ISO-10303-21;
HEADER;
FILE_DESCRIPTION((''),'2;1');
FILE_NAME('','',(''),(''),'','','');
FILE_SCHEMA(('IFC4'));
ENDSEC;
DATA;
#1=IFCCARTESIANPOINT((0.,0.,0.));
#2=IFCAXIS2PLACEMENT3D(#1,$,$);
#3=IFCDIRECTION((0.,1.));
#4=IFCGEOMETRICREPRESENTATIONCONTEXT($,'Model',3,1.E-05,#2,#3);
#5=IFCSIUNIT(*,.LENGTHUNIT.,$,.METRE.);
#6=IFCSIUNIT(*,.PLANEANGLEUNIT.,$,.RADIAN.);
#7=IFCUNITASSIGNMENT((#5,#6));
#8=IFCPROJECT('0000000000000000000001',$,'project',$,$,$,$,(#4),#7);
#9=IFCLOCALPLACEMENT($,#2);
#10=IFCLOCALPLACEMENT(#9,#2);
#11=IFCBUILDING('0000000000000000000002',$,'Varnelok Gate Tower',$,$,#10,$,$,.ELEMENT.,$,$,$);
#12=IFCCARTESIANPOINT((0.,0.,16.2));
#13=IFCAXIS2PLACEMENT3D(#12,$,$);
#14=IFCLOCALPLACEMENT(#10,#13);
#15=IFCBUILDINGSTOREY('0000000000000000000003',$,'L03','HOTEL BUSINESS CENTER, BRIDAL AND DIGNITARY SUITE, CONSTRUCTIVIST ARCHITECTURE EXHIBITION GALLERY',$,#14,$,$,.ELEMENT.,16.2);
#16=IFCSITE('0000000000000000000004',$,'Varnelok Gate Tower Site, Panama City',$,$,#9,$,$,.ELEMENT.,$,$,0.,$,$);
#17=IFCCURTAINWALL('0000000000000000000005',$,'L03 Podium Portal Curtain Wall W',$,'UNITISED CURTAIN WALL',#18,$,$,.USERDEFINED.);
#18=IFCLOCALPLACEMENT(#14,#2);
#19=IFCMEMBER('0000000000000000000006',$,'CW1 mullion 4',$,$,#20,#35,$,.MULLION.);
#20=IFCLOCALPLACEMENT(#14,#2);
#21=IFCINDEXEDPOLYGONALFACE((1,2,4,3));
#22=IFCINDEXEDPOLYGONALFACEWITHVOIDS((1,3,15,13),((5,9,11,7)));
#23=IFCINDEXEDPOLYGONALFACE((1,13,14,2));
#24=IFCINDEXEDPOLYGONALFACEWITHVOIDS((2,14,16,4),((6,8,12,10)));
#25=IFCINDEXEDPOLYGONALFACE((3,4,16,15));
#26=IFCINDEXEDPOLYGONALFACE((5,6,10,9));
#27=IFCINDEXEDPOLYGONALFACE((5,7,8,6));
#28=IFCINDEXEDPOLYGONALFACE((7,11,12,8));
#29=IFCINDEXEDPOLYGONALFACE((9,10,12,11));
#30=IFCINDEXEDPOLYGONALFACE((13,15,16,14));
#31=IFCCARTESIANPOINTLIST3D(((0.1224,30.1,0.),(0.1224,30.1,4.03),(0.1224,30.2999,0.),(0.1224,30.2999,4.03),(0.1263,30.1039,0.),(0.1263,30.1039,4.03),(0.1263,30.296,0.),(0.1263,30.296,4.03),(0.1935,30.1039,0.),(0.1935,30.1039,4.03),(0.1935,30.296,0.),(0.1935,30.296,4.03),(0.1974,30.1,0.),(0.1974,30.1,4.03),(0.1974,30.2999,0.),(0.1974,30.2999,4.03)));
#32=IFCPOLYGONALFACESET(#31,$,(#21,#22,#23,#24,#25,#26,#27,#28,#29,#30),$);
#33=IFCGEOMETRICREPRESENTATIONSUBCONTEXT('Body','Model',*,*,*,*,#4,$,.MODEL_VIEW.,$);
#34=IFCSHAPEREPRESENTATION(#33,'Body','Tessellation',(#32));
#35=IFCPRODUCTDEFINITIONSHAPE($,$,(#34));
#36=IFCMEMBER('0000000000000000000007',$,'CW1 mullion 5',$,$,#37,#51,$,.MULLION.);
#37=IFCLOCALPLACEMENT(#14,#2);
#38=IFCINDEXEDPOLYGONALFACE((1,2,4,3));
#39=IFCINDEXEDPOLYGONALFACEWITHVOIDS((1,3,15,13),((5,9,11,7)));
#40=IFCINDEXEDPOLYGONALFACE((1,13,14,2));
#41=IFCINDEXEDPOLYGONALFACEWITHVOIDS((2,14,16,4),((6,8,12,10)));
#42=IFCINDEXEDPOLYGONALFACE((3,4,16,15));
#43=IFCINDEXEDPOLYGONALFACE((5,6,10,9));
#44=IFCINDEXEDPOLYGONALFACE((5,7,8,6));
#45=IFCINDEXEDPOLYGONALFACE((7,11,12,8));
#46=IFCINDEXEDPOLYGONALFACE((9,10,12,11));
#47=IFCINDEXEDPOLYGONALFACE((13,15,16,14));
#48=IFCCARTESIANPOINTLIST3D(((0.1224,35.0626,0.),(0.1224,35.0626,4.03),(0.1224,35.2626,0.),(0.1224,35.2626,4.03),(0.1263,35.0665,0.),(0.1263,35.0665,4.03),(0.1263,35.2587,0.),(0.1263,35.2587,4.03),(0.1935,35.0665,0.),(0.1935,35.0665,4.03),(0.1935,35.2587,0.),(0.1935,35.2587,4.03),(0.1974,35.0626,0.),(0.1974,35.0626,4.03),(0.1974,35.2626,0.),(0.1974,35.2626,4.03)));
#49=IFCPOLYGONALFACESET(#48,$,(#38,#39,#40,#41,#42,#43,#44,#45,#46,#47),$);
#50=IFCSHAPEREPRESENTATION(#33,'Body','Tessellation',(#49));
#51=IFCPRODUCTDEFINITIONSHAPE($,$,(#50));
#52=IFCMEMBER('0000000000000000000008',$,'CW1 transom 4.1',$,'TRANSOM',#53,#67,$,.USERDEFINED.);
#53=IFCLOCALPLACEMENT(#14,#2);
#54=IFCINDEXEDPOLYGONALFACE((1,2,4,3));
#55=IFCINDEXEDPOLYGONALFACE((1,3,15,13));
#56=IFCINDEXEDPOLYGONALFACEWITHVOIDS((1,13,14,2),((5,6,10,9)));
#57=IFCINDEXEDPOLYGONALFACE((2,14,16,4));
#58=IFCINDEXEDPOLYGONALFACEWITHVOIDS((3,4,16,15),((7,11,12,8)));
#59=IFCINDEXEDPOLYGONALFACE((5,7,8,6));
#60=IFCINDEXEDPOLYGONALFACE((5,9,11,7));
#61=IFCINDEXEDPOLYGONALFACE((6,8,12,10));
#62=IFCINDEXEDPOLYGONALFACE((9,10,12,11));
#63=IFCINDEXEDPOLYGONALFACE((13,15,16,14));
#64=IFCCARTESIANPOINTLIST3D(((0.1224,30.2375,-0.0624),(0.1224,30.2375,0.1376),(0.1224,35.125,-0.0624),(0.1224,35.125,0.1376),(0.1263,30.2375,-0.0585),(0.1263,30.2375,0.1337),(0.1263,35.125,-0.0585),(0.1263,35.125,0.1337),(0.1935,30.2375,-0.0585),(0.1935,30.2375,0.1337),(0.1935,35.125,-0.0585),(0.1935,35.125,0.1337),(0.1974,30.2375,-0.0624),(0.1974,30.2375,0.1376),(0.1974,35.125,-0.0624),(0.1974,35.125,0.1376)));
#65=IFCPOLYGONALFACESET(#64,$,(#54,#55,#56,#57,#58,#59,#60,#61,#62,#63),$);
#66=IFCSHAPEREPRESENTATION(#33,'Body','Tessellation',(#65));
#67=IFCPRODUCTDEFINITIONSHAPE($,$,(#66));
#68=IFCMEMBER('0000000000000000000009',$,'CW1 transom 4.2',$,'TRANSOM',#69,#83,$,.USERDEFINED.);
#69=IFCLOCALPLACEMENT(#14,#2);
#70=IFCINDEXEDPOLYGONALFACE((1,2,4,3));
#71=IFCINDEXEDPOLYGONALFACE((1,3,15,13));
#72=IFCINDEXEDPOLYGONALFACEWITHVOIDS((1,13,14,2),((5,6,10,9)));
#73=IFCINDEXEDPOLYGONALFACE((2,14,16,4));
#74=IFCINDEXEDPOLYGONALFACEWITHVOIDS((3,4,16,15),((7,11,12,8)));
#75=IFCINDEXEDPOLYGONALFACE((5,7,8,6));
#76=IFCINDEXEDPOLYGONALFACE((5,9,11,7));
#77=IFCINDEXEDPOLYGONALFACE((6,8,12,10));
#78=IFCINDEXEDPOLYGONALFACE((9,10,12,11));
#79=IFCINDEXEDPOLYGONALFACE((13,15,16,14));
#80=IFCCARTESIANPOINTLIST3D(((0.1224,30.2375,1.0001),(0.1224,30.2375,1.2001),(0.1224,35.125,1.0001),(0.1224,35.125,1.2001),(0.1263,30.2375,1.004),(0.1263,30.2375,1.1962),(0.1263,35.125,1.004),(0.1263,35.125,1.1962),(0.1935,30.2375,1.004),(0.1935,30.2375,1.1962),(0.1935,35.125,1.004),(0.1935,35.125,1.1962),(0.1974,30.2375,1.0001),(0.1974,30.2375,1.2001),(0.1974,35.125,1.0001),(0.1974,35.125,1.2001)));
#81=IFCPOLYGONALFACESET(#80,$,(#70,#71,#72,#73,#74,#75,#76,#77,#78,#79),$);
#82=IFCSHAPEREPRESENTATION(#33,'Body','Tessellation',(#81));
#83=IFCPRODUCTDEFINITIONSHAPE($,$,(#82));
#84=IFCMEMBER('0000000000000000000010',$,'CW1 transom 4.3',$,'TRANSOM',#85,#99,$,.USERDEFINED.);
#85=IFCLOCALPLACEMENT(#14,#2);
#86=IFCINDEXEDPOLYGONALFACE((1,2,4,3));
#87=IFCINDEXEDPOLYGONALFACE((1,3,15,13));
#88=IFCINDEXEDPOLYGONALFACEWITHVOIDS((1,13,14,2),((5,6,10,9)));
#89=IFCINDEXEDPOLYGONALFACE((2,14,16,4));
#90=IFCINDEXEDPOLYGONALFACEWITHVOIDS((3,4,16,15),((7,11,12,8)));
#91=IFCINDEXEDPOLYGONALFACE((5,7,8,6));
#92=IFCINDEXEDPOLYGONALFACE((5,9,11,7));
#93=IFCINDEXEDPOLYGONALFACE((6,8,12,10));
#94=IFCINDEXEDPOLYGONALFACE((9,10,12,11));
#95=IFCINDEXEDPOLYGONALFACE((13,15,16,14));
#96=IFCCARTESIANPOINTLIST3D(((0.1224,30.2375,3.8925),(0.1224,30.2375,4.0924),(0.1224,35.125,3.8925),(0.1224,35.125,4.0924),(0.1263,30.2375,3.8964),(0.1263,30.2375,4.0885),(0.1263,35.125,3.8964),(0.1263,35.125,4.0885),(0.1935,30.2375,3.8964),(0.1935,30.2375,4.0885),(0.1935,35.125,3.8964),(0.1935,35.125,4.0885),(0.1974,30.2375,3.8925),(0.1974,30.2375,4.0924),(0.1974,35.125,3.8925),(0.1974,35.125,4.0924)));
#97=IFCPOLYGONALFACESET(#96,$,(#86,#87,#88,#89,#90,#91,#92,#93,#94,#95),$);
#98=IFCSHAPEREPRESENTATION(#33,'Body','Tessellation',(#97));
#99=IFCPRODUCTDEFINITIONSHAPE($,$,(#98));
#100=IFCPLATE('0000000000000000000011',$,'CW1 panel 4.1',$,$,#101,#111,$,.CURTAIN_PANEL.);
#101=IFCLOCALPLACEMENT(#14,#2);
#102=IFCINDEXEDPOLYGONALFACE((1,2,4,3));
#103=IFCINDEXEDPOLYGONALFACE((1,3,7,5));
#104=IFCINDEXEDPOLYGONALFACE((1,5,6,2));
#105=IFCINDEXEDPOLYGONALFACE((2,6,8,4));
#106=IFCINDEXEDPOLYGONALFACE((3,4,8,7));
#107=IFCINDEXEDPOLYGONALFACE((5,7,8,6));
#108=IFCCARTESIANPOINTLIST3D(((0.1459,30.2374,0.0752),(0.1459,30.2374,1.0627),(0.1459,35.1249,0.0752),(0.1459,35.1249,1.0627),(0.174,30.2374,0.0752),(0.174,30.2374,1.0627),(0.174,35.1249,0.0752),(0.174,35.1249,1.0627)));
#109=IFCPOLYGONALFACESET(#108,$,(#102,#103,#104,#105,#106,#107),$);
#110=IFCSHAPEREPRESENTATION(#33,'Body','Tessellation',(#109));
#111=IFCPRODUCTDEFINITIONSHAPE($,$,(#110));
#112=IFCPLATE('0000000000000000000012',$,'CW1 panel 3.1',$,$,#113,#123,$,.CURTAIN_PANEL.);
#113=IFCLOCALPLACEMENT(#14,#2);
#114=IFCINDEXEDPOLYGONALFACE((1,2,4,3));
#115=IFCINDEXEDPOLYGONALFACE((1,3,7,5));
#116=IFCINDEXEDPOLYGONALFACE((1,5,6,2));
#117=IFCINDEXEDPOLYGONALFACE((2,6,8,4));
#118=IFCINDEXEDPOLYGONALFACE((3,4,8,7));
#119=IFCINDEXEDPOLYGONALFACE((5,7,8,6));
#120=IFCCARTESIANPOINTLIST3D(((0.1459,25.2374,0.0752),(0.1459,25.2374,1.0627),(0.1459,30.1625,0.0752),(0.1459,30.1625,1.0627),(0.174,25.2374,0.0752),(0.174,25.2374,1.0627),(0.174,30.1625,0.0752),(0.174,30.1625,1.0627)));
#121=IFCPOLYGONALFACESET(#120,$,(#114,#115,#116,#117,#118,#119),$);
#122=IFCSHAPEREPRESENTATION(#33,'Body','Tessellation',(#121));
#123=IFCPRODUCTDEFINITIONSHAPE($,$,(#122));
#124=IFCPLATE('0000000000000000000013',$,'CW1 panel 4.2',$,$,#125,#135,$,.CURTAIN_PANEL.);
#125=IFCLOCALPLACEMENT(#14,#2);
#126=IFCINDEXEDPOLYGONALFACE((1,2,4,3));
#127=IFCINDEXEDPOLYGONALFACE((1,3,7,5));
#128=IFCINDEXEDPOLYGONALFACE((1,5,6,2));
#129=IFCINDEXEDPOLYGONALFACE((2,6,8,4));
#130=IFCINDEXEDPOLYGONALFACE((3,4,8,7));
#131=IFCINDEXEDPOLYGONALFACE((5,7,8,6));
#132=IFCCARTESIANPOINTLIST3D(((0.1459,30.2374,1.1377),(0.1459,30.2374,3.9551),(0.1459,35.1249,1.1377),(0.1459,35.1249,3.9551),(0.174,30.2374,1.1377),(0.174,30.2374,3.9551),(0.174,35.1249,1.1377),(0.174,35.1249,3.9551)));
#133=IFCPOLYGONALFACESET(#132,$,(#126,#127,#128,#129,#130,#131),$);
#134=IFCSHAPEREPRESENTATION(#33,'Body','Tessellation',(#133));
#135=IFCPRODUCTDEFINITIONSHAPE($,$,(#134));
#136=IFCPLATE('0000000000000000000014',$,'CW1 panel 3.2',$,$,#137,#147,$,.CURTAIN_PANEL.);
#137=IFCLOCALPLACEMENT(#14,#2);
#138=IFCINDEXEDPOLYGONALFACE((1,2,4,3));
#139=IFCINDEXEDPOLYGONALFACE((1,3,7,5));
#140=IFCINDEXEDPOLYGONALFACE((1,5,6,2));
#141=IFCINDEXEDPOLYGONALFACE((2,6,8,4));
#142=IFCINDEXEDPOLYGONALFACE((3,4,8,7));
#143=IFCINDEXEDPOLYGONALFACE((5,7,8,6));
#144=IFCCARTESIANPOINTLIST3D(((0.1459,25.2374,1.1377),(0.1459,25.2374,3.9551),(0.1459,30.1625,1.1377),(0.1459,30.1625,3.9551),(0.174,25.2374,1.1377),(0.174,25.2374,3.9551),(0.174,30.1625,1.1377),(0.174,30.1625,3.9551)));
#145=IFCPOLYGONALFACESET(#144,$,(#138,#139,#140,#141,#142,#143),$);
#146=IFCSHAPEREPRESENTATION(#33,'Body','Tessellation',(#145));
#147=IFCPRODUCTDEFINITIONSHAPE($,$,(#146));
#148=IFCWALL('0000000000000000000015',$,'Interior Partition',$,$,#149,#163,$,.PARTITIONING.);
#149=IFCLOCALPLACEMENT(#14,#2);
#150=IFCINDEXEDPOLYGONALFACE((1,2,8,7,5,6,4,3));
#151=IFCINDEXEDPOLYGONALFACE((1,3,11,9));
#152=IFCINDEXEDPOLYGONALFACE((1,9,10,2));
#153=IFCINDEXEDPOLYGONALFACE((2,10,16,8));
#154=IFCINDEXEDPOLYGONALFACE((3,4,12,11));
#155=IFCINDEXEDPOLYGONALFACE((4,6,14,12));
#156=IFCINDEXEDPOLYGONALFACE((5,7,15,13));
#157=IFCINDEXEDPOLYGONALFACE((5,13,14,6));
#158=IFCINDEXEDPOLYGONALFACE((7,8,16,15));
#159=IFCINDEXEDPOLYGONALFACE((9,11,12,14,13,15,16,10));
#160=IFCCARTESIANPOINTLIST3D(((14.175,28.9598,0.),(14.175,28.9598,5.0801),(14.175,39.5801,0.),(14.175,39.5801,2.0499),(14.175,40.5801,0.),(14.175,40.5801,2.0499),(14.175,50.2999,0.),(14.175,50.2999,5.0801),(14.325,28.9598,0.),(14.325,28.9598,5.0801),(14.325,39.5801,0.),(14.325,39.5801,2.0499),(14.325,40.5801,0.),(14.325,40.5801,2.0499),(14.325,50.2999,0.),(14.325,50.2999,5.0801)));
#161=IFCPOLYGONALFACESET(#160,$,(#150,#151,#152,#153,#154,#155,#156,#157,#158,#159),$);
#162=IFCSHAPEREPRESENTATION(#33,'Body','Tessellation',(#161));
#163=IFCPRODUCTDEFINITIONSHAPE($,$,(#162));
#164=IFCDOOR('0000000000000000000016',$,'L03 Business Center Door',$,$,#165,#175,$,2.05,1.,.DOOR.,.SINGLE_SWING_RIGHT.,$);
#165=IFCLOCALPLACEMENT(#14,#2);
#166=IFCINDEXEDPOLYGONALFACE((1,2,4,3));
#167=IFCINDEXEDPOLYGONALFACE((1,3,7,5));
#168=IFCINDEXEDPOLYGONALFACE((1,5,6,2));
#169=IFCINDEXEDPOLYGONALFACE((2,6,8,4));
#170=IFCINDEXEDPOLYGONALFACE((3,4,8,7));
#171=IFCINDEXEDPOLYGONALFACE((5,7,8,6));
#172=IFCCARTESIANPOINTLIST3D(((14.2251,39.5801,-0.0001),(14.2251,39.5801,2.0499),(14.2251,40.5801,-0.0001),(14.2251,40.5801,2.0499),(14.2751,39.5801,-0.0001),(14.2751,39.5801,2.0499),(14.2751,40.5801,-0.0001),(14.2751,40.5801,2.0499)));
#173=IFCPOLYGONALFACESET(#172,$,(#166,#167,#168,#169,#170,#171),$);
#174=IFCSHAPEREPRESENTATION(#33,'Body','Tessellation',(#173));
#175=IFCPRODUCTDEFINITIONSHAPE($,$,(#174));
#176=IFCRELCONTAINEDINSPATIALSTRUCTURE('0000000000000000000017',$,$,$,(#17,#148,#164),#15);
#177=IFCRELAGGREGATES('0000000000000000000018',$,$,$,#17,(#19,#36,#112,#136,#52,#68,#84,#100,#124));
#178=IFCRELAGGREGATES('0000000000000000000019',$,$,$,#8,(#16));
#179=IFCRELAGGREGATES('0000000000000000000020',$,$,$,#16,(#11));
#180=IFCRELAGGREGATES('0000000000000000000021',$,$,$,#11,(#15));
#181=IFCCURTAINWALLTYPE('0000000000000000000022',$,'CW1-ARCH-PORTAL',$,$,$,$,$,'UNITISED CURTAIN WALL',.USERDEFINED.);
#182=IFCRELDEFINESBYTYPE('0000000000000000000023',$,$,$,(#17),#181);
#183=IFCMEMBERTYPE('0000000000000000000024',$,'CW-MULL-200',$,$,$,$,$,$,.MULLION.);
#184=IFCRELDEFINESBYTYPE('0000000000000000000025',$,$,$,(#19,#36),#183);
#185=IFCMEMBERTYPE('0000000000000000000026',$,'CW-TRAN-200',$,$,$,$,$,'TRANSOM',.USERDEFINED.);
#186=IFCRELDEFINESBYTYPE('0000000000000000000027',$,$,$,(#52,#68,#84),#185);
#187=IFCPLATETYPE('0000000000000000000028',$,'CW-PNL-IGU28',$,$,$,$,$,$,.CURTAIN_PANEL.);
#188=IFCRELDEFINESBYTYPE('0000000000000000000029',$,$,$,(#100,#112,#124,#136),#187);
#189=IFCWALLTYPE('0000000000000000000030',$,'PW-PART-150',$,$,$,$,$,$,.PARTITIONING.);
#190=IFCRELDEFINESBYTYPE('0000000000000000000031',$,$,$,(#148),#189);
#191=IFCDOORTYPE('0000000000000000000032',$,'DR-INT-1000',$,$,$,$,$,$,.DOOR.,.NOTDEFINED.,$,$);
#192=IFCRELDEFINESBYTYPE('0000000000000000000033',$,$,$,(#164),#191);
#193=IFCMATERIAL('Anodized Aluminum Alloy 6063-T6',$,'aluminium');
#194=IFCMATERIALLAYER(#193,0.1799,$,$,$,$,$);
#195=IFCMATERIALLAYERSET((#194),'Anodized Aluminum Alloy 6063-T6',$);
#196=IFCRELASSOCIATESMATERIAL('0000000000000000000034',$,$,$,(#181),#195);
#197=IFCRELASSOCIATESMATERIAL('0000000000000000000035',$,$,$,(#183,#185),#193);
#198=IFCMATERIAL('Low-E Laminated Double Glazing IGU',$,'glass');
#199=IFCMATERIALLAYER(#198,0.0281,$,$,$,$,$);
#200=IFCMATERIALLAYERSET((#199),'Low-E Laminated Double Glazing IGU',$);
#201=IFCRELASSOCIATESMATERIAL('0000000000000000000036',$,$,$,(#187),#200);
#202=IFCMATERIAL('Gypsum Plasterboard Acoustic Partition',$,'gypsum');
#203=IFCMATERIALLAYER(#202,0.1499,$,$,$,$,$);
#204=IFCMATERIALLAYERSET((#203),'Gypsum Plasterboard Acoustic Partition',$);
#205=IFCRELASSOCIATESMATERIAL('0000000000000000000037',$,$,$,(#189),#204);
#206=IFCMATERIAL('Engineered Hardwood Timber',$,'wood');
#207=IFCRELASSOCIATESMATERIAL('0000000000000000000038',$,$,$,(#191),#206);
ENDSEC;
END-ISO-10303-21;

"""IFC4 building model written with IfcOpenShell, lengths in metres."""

from ifc_helpers import new_model, si_unit, direction, frame, frame_2d, origin, origin_2d, place, context, subcontext, project, spatial, rectangle, hollow_rectangle, extrude, source, transform, mapped, material, layer, layer_set, material_profile, profile_set, type_object, element, fill, aggregate, save


model = new_model("IFC4")

# Units and contexts
model_context = context("Model", 3, precision=1e-05, world=origin(), true_north=direction((0.0, 1.0)))
body_context = subcontext(model_context, "Body", "Model", "MODEL_VIEW")
ifc_project = project(units=[si_unit("LENGTHUNIT", "METRE"), si_unit("PLANEANGLEUNIT", "RADIAN")], contexts=[model_context])

# Site, building, storey
site_placement = place(None, origin())
site = spatial("IfcSite", under=ifc_project, at=site_placement, Name="Varnelok Gate Tower Site, Panama City", CompositionType="ELEMENT", RefElevation=0.0)
building_placement = place(site_placement, origin())
building = spatial("IfcBuilding", under=site, at=building_placement, Name="Varnelok Gate Tower", CompositionType="ELEMENT")
storey_placement = place(building_placement, frame((0.0, 0.0, 16.2)))
storey = spatial("IfcBuildingStorey", under=building, at=storey_placement, Name="L03", Description="HOTEL BUSINESS CENTER, BRIDAL AND DIGNITARY SUITE, CONSTRUCTIVIST ARCHITECTURE EXHIBITION GALLERY", CompositionType="ELEMENT", Elevation=16.2)

# Curtain wall, members, plates
ifc_material_1 = material(Name="Anodized Aluminum Alloy 6063-T6", Category="aluminium")
ifc_layer_1 = layer(ifc_material_1, 0.1799)
ifc_layer_set_1 = layer_set([ifc_layer_1], Name="Anodized Aluminum Alloy 6063-T6")
curtain_wall_type = type_object("IfcCurtainWallType", Name="CW1-ARCH-PORTAL", ElementType="UNITISED CURTAIN WALL", PredefinedType="USERDEFINED", material=ifc_layer_set_1)
curtain_wall_placement = place(storey_placement, origin())
curtain_wall = element("IfcCurtainWall", 1, at=curtain_wall_placement, inside=storey, type_object=curtain_wall_type, Name="L03 Podium Portal Curtain Wall W", ObjectType="UNITISED CURTAIN WALL", PredefinedType="USERDEFINED")
ifc_material_profile_1 = material_profile(ifc_material_1, hollow_rectangle(XDim=0.075, YDim=0.2, WallThickness=0.0039, at=origin_2d()), Name="ALU200X75X4")
ifc_profile_set_1 = profile_set([ifc_material_profile_1], Name="Anodized Aluminum Alloy 6063-T6")
member_type_1 = type_object("IfcMemberType", Name="CW-MULL-200", PredefinedType="MULLION", material=ifc_profile_set_1)
member_1_placement = place(storey_placement, frame((0.1599, 30.2, 0.0), z_axis=(0.0, 0.0, 1.0), x_axis=(-1.0, 0.0, 0.0)))
member_1 = element("IfcMember", 2, at=member_1_placement, type_object=member_type_1, Name="CW1 mullion 4", PredefinedType="MULLION", context=body_context, shape_type="SweptSolid", body=[
    extrude(hollow_rectangle(XDim=0.075, YDim=0.2, WallThickness=0.0039, at=origin_2d()), origin(), (0.0, 0.0, 1.0), 4.03),
])
member_2_placement = place(storey_placement, frame((0.1599, 35.1626, 0.0), z_axis=(0.0, 0.0, 1.0), x_axis=(-1.0, 0.0, 0.0)))
member_2 = element("IfcMember", 3, at=member_2_placement, type_object=member_type_1, Name="CW1 mullion 5", PredefinedType="MULLION", context=body_context, shape_type="SweptSolid", body=[
    extrude(hollow_rectangle(XDim=0.075, YDim=0.2, WallThickness=0.0039, at=origin_2d()), origin(), (0.0, 0.0, 1.0), 4.03),
])
ifc_material_profile_2 = material_profile(ifc_material_1, hollow_rectangle(XDim=0.075, YDim=0.2, WallThickness=0.0039, at=origin_2d()), Name="ALU200X75X4")
ifc_profile_set_2 = profile_set([ifc_material_profile_2], Name="Anodized Aluminum Alloy 6063-T6")
member_type_2 = type_object("IfcMemberType", Name="CW-TRAN-200", ElementType="TRANSOM", PredefinedType="USERDEFINED", material=ifc_profile_set_2)
member_3_placement = place(storey_placement, frame((0.1599, 30.2375, 0.0376), z_axis=(0.0, 1.0, 0.0), x_axis=(-1.0, 0.0, 0.0)))
member_3 = element("IfcMember", 4, at=member_3_placement, type_object=member_type_2, Name="CW1 transom 4.1", ObjectType="TRANSOM", PredefinedType="USERDEFINED", context=body_context, shape_type="SweptSolid", body=[
    extrude(hollow_rectangle(XDim=0.075, YDim=0.2, WallThickness=0.0039, at=origin_2d()), origin(), (0.0, 0.0, 1.0), 4.8875),
])
member_4_placement = place(storey_placement, frame((0.1599, 30.2375, 1.1001), z_axis=(0.0, 1.0, 0.0), x_axis=(-1.0, 0.0, 0.0)))
member_4 = element("IfcMember", 5, at=member_4_placement, type_object=member_type_2, Name="CW1 transom 4.2", ObjectType="TRANSOM", PredefinedType="USERDEFINED", context=body_context, shape_type="SweptSolid", body=[
    extrude(hollow_rectangle(XDim=0.075, YDim=0.2, WallThickness=0.0039, at=origin_2d()), origin(), (0.0, 0.0, 1.0), 4.8875),
])
member_5_placement = place(storey_placement, frame((0.1599, 30.2375, 3.9924), z_axis=(0.0, 1.0, 0.0), x_axis=(-1.0, 0.0, 0.0)))
member_5 = element("IfcMember", 6, at=member_5_placement, type_object=member_type_2, Name="CW1 transom 4.3", ObjectType="TRANSOM", PredefinedType="USERDEFINED", context=body_context, shape_type="SweptSolid", body=[
    extrude(hollow_rectangle(XDim=0.075, YDim=0.2, WallThickness=0.0039, at=origin_2d()), origin(), (0.0, 0.0, 1.0), 4.8875),
])
ifc_material_2 = material(Name="Low-E Laminated Double Glazing IGU", Category="glass")
ifc_layer_2 = layer(ifc_material_2, 0.0281)
ifc_layer_set_2 = layer_set([ifc_layer_2], Name="Low-E Laminated Double Glazing IGU")
plate_type = type_object("IfcPlateType", Name="CW-PNL-IGU28", PredefinedType="CURTAIN_PANEL", material=ifc_layer_set_2)
shared_shape_1 = source(origin(), body_context, "Body", "SweptSolid", [
    extrude(rectangle(XDim=4.8875, YDim=0.0281, at=origin_2d()), origin(), (0.0, 0.0, 1.0), 0.9875),
])
plate_1_placement = place(storey_placement, frame((0.1599, 32.6812, 0.0752), z_axis=(0.0, 0.0, 1.0), x_axis=(0.0, 1.0, 0.0)))
plate_1 = element("IfcPlate", 7, at=plate_1_placement, type_object=plate_type, Name="CW1 panel 4.1", PredefinedType="CURTAIN_PANEL", context=body_context, shape_type="MappedRepresentation", body=[
    mapped(shared_shape_1, transform((0.0, 0.0, 0.0), scale=1.0)),
])
shared_shape_2 = source(origin(), body_context, "Body", "SweptSolid", [
    extrude(rectangle(XDim=4.925, YDim=0.0281, at=origin_2d()), origin(), (0.0, 0.0, 1.0), 0.9875),
])
plate_2_placement = place(storey_placement, frame((0.1599, 27.7, 0.0752), z_axis=(0.0, 0.0, 1.0), x_axis=(0.0, 1.0, 0.0)))
plate_2 = element("IfcPlate", 8, at=plate_2_placement, type_object=plate_type, Name="CW1 panel 3.1", PredefinedType="CURTAIN_PANEL", context=body_context, shape_type="MappedRepresentation", body=[
    mapped(shared_shape_2, transform((0.0, 0.0, 0.0), scale=1.0)),
])
shared_shape_3 = source(origin(), body_context, "Body", "SweptSolid", [
    extrude(rectangle(XDim=4.8875, YDim=0.0281, at=origin_2d()), origin(), (0.0, 0.0, 1.0), 2.8174),
])
plate_3_placement = place(storey_placement, frame((0.1599, 32.6812, 1.1377), z_axis=(0.0, 0.0, 1.0), x_axis=(0.0, 1.0, 0.0)))
plate_3 = element("IfcPlate", 9, at=plate_3_placement, type_object=plate_type, Name="CW1 panel 4.2", PredefinedType="CURTAIN_PANEL", context=body_context, shape_type="MappedRepresentation", body=[
    mapped(shared_shape_3, transform((0.0, 0.0, 0.0), scale=1.0)),
])
shared_shape_4 = source(origin(), body_context, "Body", "SweptSolid", [
    extrude(rectangle(XDim=4.925, YDim=0.0281, at=origin_2d()), origin(), (0.0, 0.0, 1.0), 2.8174),
])
plate_4_placement = place(storey_placement, frame((0.1599, 27.7, 1.1377), z_axis=(0.0, 0.0, 1.0), x_axis=(0.0, 1.0, 0.0)))
plate_4 = element("IfcPlate", 10, at=plate_4_placement, type_object=plate_type, Name="CW1 panel 3.2", PredefinedType="CURTAIN_PANEL", context=body_context, shape_type="MappedRepresentation", body=[
    mapped(shared_shape_4, transform((0.0, 0.0, 0.0), scale=1.0)),
])
aggregate(curtain_wall, [member_1, member_2, plate_2, plate_4, member_3, member_4, member_5, plate_1, plate_3])

# Wall, opening, door
ifc_material_3 = material(Name="Gypsum Plasterboard Acoustic Partition", Category="gypsum")
ifc_layer_3 = layer(ifc_material_3, 0.1499)
ifc_layer_set_3 = layer_set([ifc_layer_3], Name="Gypsum Plasterboard Acoustic Partition")
wall_type_1 = type_object("IfcWallType", Name="PW-PART-150", PredefinedType="PARTITIONING", material=ifc_layer_set_3)
wall_1_placement = place(storey_placement, frame((14.25, 28.96, 0.0), z_axis=(0.0, 0.0, 1.0), x_axis=(0.0, 1.0, 0.0)))
wall_1 = element("IfcWall", 11, at=wall_1_placement, inside=storey, type_object=wall_type_1, Name="Interior Partition", PredefinedType="PARTITIONING", context=body_context, shape_type="SweptSolid", body=[
    extrude(rectangle(XDim=21.3401, YDim=0.1499, at=frame_2d((10.6699, 0.0))), origin(), (0.0, 0.0, 1.0), 5.0801),
])
opening_placement = place(wall_1_placement, frame((10.6201, 0.0, 0.0)))
opening = element("IfcOpeningElement", 12, at=opening_placement, cuts=wall_1, PredefinedType="OPENING", context=body_context, shape_type="SweptSolid", body=[
    extrude(rectangle(XDim=1.0, YDim=2.05, at=frame_2d((0.5, 1.0249))), frame((0.0, 0.085, 0.0), z_axis=(0.0, -1.0, 0.0), x_axis=(1.0, 0.0, 0.0)), (0.0, 0.0, 1.0), 0.1699),
])
ifc_material_4 = material(Name="Engineered Hardwood Timber", Category="wood")
door_type = type_object("IfcDoorType", Name="DR-INT-1000", OperationType="NOTDEFINED", PredefinedType="DOOR", material=ifc_material_4)
door_placement = place(opening_placement, origin())
door = element("IfcDoor", 13, at=door_placement, inside=storey, type_object=door_type, Name="L03 Business Center Door", OperationType="SINGLE_SWING_RIGHT", OverallHeight=2.05, OverallWidth=1.0, PredefinedType="DOOR", context=body_context, shape_type="SweptSolid", body=[
    extrude(rectangle(XDim=1.0, YDim=2.05, at=frame_2d((0.5, 1.0249))), frame((0.0, 0.0249, 0.0), z_axis=(0.0, -1.0, 0.0), x_axis=(1.0, 0.0, 0.0)), (0.0, 0.0, 1.0), 0.05),
])
fill(opening, door)

save(model, "model.ifc")
